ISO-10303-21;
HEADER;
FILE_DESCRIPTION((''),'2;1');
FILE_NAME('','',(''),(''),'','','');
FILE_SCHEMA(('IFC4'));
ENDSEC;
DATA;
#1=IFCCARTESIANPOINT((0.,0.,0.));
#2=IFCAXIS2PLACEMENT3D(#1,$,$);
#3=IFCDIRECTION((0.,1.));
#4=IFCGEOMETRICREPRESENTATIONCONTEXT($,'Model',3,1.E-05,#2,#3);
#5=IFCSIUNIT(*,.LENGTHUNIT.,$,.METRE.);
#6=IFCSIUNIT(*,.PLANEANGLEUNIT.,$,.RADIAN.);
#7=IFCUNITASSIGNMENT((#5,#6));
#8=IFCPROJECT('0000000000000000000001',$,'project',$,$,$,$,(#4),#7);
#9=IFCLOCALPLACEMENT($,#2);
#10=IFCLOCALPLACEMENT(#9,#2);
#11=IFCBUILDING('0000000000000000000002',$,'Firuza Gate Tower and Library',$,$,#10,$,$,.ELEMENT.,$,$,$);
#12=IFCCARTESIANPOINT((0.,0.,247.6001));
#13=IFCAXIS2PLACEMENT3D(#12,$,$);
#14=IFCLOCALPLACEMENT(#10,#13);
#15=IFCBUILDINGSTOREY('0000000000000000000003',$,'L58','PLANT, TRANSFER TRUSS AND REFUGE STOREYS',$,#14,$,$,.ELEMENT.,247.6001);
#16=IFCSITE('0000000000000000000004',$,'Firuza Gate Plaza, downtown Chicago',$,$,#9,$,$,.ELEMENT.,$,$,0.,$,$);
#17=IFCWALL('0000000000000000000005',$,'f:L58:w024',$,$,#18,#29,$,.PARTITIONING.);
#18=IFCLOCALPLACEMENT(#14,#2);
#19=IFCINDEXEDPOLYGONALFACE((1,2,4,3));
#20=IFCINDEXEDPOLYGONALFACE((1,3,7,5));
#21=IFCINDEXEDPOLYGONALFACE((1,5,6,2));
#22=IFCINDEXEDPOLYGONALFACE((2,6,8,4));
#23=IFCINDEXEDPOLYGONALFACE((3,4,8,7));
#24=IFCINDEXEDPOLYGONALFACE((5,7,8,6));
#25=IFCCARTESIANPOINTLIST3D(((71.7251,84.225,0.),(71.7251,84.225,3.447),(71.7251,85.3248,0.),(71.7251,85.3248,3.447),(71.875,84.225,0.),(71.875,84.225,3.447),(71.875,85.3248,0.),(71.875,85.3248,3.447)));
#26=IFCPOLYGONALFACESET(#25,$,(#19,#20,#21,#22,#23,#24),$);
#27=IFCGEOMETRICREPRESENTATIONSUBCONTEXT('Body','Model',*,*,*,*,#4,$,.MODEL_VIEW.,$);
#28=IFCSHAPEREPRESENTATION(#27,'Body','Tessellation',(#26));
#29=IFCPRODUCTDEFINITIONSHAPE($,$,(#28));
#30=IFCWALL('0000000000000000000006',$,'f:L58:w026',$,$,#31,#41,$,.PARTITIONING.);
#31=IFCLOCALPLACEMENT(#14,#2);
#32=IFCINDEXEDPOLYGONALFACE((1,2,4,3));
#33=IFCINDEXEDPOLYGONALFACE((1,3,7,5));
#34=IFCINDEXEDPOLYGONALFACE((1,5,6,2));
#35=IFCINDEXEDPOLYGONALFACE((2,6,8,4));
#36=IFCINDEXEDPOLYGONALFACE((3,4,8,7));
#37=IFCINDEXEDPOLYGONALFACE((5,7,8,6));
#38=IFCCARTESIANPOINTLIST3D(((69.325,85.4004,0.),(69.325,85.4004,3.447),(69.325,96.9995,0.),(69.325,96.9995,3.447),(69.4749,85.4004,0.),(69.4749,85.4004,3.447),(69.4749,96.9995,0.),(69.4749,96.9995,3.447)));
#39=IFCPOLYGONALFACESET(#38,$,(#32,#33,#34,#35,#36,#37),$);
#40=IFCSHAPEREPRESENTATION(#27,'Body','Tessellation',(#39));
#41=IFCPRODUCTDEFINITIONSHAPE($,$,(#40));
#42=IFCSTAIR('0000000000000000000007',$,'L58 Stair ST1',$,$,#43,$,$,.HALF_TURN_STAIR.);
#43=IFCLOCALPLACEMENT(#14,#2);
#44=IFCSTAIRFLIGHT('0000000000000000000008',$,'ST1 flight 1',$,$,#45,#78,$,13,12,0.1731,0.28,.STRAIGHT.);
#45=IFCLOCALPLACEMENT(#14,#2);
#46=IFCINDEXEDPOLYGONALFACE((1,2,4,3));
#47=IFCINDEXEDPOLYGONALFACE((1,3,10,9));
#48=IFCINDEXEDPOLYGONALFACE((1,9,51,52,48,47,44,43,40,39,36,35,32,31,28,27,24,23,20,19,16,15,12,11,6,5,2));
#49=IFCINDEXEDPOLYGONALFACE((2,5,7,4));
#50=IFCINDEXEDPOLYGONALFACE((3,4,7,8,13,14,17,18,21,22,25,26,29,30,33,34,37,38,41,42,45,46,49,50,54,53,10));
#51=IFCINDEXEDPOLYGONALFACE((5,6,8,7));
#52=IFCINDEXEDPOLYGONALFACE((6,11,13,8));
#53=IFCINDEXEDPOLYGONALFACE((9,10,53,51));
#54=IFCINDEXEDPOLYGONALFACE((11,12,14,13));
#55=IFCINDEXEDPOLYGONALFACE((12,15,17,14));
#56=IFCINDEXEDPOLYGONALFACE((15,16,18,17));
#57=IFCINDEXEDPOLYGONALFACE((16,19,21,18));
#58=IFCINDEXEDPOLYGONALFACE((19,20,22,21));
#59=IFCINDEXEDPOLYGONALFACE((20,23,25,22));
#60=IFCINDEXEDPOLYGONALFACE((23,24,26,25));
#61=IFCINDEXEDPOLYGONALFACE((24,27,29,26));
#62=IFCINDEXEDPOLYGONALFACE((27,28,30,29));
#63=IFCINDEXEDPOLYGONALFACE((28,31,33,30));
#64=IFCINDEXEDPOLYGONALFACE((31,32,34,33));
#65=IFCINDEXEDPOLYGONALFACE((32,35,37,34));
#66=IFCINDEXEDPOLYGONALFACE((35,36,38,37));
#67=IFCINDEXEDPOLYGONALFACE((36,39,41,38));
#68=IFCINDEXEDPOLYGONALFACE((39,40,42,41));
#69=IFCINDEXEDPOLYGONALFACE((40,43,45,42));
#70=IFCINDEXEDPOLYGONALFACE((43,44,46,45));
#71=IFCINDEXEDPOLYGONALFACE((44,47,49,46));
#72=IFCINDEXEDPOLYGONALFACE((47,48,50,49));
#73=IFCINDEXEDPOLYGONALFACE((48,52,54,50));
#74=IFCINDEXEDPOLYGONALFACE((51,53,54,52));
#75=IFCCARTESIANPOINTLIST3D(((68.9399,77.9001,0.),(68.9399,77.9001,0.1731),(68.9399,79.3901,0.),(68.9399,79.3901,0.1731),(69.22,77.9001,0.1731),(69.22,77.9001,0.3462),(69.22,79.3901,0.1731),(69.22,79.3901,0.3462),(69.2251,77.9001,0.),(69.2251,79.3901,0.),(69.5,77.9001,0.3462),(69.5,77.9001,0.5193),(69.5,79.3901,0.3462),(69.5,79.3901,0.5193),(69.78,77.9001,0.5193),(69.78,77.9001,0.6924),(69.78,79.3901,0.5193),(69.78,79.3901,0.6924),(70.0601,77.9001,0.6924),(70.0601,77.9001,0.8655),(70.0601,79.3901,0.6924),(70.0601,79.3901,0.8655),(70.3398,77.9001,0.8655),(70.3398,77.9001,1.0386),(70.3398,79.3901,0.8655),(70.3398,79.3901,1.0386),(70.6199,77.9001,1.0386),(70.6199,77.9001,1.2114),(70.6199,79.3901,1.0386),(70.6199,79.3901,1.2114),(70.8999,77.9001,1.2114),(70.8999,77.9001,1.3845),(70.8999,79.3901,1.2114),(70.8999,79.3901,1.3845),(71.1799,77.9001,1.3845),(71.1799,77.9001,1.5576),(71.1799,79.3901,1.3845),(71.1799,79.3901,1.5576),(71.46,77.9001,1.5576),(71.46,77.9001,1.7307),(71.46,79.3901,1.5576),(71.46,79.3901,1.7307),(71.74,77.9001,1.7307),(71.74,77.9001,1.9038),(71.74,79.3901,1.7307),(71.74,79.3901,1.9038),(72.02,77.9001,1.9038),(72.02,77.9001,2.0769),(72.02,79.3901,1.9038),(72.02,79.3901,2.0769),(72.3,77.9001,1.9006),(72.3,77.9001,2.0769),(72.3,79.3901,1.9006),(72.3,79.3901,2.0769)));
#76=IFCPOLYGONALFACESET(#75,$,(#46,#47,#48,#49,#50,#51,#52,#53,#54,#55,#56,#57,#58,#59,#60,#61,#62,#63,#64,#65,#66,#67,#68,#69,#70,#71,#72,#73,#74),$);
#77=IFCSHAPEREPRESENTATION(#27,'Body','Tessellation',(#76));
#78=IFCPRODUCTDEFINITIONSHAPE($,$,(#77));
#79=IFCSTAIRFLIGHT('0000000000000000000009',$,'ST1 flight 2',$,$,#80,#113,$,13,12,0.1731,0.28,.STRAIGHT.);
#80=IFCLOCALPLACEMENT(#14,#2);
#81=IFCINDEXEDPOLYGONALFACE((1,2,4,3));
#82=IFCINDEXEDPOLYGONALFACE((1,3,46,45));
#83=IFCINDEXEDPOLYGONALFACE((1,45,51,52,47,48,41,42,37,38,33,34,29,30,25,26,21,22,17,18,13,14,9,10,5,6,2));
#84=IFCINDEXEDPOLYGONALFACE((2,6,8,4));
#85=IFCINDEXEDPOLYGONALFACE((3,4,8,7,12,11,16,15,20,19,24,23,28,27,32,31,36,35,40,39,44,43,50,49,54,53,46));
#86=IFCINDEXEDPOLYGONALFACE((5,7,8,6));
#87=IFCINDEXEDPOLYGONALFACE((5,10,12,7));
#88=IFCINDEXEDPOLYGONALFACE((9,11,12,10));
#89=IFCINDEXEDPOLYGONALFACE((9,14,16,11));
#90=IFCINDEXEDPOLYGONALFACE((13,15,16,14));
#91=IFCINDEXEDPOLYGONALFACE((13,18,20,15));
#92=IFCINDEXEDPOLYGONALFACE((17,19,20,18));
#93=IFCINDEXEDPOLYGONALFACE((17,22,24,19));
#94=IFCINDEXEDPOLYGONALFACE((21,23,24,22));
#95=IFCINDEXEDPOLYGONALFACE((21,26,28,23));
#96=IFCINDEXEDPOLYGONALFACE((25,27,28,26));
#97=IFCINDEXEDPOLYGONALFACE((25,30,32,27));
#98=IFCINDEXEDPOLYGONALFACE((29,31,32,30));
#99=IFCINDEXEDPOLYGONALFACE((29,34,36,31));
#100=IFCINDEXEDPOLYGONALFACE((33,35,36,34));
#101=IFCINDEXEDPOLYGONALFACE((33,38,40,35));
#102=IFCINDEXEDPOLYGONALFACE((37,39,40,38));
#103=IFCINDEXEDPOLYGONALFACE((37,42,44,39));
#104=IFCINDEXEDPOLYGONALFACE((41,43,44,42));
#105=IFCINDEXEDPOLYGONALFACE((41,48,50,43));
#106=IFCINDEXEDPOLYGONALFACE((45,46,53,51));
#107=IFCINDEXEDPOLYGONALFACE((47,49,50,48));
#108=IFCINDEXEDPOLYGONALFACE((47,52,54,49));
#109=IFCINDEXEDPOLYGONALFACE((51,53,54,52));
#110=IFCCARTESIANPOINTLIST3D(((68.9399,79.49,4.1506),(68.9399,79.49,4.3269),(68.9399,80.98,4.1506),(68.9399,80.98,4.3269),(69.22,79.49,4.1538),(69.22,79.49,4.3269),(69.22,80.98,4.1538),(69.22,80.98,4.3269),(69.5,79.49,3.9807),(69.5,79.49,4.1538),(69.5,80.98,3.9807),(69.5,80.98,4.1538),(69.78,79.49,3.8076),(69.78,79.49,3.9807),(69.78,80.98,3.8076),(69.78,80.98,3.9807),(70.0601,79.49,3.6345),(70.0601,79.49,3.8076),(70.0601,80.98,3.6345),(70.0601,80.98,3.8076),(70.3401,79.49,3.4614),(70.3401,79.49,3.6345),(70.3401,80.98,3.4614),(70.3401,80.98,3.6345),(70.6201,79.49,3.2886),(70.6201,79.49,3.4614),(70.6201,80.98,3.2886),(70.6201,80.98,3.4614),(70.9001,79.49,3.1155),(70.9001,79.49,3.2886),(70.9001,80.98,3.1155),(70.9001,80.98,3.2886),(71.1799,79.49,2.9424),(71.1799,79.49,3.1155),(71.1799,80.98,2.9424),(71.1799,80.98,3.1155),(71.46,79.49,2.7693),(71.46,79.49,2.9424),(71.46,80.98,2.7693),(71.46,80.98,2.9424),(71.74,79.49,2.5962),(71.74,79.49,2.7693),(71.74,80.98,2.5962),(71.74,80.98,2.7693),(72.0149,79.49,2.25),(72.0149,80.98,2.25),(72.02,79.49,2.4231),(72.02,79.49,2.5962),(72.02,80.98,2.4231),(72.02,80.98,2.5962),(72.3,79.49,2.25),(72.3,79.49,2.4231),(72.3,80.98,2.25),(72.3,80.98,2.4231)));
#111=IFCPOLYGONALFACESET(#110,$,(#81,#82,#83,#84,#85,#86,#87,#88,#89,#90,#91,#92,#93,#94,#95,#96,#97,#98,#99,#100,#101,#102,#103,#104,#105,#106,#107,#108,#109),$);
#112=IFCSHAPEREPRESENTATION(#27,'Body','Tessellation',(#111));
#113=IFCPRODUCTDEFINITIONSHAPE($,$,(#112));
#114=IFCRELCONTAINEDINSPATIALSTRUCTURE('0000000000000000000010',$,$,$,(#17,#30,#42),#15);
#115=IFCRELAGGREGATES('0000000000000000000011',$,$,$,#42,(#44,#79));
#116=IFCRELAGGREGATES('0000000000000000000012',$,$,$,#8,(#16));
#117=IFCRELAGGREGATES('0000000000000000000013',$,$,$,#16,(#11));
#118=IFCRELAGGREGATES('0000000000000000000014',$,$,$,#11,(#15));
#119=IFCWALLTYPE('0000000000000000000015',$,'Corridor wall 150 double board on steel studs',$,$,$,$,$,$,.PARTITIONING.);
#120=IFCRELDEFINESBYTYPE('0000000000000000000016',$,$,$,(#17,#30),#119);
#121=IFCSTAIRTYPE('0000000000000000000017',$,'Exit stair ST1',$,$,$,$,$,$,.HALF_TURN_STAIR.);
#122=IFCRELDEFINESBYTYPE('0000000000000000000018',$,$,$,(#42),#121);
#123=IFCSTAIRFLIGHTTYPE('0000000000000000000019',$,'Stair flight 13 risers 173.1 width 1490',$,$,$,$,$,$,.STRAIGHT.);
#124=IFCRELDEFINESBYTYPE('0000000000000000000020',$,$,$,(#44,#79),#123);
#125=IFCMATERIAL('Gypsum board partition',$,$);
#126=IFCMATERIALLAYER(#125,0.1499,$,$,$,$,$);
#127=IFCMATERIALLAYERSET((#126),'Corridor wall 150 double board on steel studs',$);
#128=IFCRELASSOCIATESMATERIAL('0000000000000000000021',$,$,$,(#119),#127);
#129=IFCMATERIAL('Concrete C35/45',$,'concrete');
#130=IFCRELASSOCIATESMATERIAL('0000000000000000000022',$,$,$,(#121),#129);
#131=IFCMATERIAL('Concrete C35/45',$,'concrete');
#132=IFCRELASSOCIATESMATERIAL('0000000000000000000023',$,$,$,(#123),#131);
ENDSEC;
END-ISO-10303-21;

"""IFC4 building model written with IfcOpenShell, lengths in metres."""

from ifc_helpers import new_model, si_unit, direction, frame, frame_2d, origin, place, context, subcontext, project, spatial, polyline, rectangle, outline, extrude, material, layer, layer_set, type_object, element, aggregate, save


model = new_model("IFC4")

# Units and contexts
model_context = context("Model", 3, precision=1e-05, world=origin(), true_north=direction((0.0, 1.0)))
body_context = subcontext(model_context, "Body", "Model", "MODEL_VIEW")
ifc_project = project(units=[si_unit("LENGTHUNIT", "METRE"), si_unit("PLANEANGLEUNIT", "RADIAN")], contexts=[model_context])

# Site, building, storey
site_placement = place(None, origin())
site = spatial("IfcSite", under=ifc_project, at=site_placement, Name="Firuza Gate Plaza, downtown Chicago", CompositionType="ELEMENT", RefElevation=0.0)
building_placement = place(site_placement, origin())
building = spatial("IfcBuilding", under=site, at=building_placement, Name="Firuza Gate Tower and Library", CompositionType="ELEMENT")
storey_placement = place(building_placement, frame((0.0, 0.0, 247.6001)))
storey = spatial("IfcBuildingStorey", under=building, at=storey_placement, Name="L58", Description="PLANT, TRANSFER TRUSS AND REFUGE STOREYS", CompositionType="ELEMENT", Elevation=247.6001)

# Shared definitions
ifc_material_1 = material(Name="Gypsum board partition")
ifc_layer_1 = layer(ifc_material_1, 0.1499)
ifc_layer_set_1 = layer_set([ifc_layer_1], Name="Corridor wall 150 double board on steel studs")
wall_type_1 = type_object("IfcWallType", Name="Corridor wall 150 double board on steel studs", PredefinedType="PARTITIONING", material=ifc_layer_set_1)

# Walls
wall_1_placement = place(storey_placement, frame((71.8, 84.2251, 0.0), z_axis=(0.0, 0.0, 1.0), x_axis=(0.0, 1.0, 0.0)))
element("IfcWall", 1, at=wall_1_placement, inside=storey, type_object=wall_type_1, Name="f:L58:w024", PredefinedType="PARTITIONING", context=body_context, shape_type="SweptSolid", body=[
    extrude(rectangle(XDim=1.0999, YDim=0.1499, at=frame_2d((0.5498, 0.0))), origin(), (0.0, 0.0, 1.0), 3.447),
])
wall_2_placement = place(storey_placement, frame((69.3999, 85.4004, 0.0), z_axis=(0.0, 0.0, 1.0), x_axis=(0.0, 1.0, 0.0)))
element("IfcWall", 2, at=wall_2_placement, inside=storey, type_object=wall_type_1, Name="f:L58:w026", PredefinedType="PARTITIONING", context=body_context, shape_type="SweptSolid", body=[
    extrude(rectangle(XDim=11.5991, YDim=0.1499, at=frame_2d((5.7996, 0.0))), origin(), (0.0, 0.0, 1.0), 3.447),
])

# Stair, stair flights
ifc_material_2 = material(Name="Concrete C35/45", Category="concrete")
stair_type = type_object("IfcStairType", Name="Exit stair ST1", PredefinedType="HALF_TURN_STAIR", material=ifc_material_2)
stair_placement = place(storey_placement, origin())
stair = element("IfcStair", 3, at=stair_placement, inside=storey, type_object=stair_type, Name="L58 Stair ST1", PredefinedType="HALF_TURN_STAIR")
ifc_material_3 = material(Name="Concrete C35/45", Category="concrete")
stair_flight_type = type_object("IfcStairFlightType", Name="Stair flight 13 risers 173.1 width 1490", PredefinedType="STRAIGHT", material=ifc_material_3)
stair_flight_1_placement = place(storey_placement, frame((68.9399, 78.645, 0.0), z_axis=(0.0, 0.0, 1.0), x_axis=(1.0, 0.0, 0.0)))
stair_flight_1 = element("IfcStairFlight", 4, at=stair_flight_1_placement, type_object=stair_flight_type, Name="ST1 flight 1", NumberOfRisers=13, NumberOfTreads=12, PredefinedType="STRAIGHT", RiserHeight=0.1731, TreadLength=0.28, context=body_context, shape_type="SweptSolid", body=[
    extrude(outline(polyline([(0.0, 0.0), (0.0, 0.1731), (0.28, 0.1731), (0.28, 0.3462), (0.5601, 0.3462), (0.5601, 0.5193), (0.8401, 0.5193), (0.8401, 0.6924), (1.1201, 0.6924), (1.1201, 0.8655), (1.3999, 0.8655), (1.3999, 1.0386), (1.6799, 1.0386), (1.6799, 1.2114), (1.96, 1.2114), (1.96, 1.3845), (2.24, 1.3845), (2.24, 1.5576), (2.52, 1.5576), (2.52, 1.7307), (2.8, 1.7307), (2.8, 1.9038), (3.0801, 1.9038), (3.0801, 2.0769), (3.3601, 2.0769), (3.3601, 2.25), (3.3601, 1.9006), (0.2852, 0.0), (0.0, 0.0)])), frame((0.0, 0.7451, 0.0), z_axis=(0.0, -1.0, 0.0), x_axis=(1.0, 0.0, 0.0)), (0.0, 0.0, 1.0), 1.49),
])
stair_flight_2_placement = place(storey_placement, frame((72.3, 80.2351, 2.25), z_axis=(0.0, 0.0, 1.0), x_axis=(-1.0, 0.0, 0.0)))
stair_flight_2 = element("IfcStairFlight", 5, at=stair_flight_2_placement, type_object=stair_flight_type, Name="ST1 flight 2", NumberOfRisers=13, NumberOfTreads=12, PredefinedType="STRAIGHT", RiserHeight=0.1731, TreadLength=0.28, context=body_context, shape_type="SweptSolid", body=[
    extrude(outline(polyline([(0.0, 0.0), (0.0, 0.1731), (0.28, 0.1731), (0.28, 0.3462), (0.5601, 0.3462), (0.5601, 0.5193), (0.8401, 0.5193), (0.8401, 0.6924), (1.1201, 0.6924), (1.1201, 0.8655), (1.3999, 0.8655), (1.3999, 1.0386), (1.6799, 1.0386), (1.6799, 1.2114), (1.96, 1.2114), (1.96, 1.3845), (2.24, 1.3845), (2.24, 1.5576), (2.52, 1.5576), (2.52, 1.7307), (2.8, 1.7307), (2.8, 1.9038), (3.0801, 1.9038), (3.0801, 2.0769), (3.3601, 2.0769), (3.3601, 2.25), (3.3601, 1.9006), (0.2852, 0.0), (0.0, 0.0)])), frame((0.0, 0.7451, 0.0), z_axis=(0.0, -1.0, 0.0), x_axis=(1.0, 0.0, 0.0)), (0.0, 0.0, 1.0), 1.49),
])
aggregate(stair, [stair_flight_1, stair_flight_2])

save(model, "model.ifc")
